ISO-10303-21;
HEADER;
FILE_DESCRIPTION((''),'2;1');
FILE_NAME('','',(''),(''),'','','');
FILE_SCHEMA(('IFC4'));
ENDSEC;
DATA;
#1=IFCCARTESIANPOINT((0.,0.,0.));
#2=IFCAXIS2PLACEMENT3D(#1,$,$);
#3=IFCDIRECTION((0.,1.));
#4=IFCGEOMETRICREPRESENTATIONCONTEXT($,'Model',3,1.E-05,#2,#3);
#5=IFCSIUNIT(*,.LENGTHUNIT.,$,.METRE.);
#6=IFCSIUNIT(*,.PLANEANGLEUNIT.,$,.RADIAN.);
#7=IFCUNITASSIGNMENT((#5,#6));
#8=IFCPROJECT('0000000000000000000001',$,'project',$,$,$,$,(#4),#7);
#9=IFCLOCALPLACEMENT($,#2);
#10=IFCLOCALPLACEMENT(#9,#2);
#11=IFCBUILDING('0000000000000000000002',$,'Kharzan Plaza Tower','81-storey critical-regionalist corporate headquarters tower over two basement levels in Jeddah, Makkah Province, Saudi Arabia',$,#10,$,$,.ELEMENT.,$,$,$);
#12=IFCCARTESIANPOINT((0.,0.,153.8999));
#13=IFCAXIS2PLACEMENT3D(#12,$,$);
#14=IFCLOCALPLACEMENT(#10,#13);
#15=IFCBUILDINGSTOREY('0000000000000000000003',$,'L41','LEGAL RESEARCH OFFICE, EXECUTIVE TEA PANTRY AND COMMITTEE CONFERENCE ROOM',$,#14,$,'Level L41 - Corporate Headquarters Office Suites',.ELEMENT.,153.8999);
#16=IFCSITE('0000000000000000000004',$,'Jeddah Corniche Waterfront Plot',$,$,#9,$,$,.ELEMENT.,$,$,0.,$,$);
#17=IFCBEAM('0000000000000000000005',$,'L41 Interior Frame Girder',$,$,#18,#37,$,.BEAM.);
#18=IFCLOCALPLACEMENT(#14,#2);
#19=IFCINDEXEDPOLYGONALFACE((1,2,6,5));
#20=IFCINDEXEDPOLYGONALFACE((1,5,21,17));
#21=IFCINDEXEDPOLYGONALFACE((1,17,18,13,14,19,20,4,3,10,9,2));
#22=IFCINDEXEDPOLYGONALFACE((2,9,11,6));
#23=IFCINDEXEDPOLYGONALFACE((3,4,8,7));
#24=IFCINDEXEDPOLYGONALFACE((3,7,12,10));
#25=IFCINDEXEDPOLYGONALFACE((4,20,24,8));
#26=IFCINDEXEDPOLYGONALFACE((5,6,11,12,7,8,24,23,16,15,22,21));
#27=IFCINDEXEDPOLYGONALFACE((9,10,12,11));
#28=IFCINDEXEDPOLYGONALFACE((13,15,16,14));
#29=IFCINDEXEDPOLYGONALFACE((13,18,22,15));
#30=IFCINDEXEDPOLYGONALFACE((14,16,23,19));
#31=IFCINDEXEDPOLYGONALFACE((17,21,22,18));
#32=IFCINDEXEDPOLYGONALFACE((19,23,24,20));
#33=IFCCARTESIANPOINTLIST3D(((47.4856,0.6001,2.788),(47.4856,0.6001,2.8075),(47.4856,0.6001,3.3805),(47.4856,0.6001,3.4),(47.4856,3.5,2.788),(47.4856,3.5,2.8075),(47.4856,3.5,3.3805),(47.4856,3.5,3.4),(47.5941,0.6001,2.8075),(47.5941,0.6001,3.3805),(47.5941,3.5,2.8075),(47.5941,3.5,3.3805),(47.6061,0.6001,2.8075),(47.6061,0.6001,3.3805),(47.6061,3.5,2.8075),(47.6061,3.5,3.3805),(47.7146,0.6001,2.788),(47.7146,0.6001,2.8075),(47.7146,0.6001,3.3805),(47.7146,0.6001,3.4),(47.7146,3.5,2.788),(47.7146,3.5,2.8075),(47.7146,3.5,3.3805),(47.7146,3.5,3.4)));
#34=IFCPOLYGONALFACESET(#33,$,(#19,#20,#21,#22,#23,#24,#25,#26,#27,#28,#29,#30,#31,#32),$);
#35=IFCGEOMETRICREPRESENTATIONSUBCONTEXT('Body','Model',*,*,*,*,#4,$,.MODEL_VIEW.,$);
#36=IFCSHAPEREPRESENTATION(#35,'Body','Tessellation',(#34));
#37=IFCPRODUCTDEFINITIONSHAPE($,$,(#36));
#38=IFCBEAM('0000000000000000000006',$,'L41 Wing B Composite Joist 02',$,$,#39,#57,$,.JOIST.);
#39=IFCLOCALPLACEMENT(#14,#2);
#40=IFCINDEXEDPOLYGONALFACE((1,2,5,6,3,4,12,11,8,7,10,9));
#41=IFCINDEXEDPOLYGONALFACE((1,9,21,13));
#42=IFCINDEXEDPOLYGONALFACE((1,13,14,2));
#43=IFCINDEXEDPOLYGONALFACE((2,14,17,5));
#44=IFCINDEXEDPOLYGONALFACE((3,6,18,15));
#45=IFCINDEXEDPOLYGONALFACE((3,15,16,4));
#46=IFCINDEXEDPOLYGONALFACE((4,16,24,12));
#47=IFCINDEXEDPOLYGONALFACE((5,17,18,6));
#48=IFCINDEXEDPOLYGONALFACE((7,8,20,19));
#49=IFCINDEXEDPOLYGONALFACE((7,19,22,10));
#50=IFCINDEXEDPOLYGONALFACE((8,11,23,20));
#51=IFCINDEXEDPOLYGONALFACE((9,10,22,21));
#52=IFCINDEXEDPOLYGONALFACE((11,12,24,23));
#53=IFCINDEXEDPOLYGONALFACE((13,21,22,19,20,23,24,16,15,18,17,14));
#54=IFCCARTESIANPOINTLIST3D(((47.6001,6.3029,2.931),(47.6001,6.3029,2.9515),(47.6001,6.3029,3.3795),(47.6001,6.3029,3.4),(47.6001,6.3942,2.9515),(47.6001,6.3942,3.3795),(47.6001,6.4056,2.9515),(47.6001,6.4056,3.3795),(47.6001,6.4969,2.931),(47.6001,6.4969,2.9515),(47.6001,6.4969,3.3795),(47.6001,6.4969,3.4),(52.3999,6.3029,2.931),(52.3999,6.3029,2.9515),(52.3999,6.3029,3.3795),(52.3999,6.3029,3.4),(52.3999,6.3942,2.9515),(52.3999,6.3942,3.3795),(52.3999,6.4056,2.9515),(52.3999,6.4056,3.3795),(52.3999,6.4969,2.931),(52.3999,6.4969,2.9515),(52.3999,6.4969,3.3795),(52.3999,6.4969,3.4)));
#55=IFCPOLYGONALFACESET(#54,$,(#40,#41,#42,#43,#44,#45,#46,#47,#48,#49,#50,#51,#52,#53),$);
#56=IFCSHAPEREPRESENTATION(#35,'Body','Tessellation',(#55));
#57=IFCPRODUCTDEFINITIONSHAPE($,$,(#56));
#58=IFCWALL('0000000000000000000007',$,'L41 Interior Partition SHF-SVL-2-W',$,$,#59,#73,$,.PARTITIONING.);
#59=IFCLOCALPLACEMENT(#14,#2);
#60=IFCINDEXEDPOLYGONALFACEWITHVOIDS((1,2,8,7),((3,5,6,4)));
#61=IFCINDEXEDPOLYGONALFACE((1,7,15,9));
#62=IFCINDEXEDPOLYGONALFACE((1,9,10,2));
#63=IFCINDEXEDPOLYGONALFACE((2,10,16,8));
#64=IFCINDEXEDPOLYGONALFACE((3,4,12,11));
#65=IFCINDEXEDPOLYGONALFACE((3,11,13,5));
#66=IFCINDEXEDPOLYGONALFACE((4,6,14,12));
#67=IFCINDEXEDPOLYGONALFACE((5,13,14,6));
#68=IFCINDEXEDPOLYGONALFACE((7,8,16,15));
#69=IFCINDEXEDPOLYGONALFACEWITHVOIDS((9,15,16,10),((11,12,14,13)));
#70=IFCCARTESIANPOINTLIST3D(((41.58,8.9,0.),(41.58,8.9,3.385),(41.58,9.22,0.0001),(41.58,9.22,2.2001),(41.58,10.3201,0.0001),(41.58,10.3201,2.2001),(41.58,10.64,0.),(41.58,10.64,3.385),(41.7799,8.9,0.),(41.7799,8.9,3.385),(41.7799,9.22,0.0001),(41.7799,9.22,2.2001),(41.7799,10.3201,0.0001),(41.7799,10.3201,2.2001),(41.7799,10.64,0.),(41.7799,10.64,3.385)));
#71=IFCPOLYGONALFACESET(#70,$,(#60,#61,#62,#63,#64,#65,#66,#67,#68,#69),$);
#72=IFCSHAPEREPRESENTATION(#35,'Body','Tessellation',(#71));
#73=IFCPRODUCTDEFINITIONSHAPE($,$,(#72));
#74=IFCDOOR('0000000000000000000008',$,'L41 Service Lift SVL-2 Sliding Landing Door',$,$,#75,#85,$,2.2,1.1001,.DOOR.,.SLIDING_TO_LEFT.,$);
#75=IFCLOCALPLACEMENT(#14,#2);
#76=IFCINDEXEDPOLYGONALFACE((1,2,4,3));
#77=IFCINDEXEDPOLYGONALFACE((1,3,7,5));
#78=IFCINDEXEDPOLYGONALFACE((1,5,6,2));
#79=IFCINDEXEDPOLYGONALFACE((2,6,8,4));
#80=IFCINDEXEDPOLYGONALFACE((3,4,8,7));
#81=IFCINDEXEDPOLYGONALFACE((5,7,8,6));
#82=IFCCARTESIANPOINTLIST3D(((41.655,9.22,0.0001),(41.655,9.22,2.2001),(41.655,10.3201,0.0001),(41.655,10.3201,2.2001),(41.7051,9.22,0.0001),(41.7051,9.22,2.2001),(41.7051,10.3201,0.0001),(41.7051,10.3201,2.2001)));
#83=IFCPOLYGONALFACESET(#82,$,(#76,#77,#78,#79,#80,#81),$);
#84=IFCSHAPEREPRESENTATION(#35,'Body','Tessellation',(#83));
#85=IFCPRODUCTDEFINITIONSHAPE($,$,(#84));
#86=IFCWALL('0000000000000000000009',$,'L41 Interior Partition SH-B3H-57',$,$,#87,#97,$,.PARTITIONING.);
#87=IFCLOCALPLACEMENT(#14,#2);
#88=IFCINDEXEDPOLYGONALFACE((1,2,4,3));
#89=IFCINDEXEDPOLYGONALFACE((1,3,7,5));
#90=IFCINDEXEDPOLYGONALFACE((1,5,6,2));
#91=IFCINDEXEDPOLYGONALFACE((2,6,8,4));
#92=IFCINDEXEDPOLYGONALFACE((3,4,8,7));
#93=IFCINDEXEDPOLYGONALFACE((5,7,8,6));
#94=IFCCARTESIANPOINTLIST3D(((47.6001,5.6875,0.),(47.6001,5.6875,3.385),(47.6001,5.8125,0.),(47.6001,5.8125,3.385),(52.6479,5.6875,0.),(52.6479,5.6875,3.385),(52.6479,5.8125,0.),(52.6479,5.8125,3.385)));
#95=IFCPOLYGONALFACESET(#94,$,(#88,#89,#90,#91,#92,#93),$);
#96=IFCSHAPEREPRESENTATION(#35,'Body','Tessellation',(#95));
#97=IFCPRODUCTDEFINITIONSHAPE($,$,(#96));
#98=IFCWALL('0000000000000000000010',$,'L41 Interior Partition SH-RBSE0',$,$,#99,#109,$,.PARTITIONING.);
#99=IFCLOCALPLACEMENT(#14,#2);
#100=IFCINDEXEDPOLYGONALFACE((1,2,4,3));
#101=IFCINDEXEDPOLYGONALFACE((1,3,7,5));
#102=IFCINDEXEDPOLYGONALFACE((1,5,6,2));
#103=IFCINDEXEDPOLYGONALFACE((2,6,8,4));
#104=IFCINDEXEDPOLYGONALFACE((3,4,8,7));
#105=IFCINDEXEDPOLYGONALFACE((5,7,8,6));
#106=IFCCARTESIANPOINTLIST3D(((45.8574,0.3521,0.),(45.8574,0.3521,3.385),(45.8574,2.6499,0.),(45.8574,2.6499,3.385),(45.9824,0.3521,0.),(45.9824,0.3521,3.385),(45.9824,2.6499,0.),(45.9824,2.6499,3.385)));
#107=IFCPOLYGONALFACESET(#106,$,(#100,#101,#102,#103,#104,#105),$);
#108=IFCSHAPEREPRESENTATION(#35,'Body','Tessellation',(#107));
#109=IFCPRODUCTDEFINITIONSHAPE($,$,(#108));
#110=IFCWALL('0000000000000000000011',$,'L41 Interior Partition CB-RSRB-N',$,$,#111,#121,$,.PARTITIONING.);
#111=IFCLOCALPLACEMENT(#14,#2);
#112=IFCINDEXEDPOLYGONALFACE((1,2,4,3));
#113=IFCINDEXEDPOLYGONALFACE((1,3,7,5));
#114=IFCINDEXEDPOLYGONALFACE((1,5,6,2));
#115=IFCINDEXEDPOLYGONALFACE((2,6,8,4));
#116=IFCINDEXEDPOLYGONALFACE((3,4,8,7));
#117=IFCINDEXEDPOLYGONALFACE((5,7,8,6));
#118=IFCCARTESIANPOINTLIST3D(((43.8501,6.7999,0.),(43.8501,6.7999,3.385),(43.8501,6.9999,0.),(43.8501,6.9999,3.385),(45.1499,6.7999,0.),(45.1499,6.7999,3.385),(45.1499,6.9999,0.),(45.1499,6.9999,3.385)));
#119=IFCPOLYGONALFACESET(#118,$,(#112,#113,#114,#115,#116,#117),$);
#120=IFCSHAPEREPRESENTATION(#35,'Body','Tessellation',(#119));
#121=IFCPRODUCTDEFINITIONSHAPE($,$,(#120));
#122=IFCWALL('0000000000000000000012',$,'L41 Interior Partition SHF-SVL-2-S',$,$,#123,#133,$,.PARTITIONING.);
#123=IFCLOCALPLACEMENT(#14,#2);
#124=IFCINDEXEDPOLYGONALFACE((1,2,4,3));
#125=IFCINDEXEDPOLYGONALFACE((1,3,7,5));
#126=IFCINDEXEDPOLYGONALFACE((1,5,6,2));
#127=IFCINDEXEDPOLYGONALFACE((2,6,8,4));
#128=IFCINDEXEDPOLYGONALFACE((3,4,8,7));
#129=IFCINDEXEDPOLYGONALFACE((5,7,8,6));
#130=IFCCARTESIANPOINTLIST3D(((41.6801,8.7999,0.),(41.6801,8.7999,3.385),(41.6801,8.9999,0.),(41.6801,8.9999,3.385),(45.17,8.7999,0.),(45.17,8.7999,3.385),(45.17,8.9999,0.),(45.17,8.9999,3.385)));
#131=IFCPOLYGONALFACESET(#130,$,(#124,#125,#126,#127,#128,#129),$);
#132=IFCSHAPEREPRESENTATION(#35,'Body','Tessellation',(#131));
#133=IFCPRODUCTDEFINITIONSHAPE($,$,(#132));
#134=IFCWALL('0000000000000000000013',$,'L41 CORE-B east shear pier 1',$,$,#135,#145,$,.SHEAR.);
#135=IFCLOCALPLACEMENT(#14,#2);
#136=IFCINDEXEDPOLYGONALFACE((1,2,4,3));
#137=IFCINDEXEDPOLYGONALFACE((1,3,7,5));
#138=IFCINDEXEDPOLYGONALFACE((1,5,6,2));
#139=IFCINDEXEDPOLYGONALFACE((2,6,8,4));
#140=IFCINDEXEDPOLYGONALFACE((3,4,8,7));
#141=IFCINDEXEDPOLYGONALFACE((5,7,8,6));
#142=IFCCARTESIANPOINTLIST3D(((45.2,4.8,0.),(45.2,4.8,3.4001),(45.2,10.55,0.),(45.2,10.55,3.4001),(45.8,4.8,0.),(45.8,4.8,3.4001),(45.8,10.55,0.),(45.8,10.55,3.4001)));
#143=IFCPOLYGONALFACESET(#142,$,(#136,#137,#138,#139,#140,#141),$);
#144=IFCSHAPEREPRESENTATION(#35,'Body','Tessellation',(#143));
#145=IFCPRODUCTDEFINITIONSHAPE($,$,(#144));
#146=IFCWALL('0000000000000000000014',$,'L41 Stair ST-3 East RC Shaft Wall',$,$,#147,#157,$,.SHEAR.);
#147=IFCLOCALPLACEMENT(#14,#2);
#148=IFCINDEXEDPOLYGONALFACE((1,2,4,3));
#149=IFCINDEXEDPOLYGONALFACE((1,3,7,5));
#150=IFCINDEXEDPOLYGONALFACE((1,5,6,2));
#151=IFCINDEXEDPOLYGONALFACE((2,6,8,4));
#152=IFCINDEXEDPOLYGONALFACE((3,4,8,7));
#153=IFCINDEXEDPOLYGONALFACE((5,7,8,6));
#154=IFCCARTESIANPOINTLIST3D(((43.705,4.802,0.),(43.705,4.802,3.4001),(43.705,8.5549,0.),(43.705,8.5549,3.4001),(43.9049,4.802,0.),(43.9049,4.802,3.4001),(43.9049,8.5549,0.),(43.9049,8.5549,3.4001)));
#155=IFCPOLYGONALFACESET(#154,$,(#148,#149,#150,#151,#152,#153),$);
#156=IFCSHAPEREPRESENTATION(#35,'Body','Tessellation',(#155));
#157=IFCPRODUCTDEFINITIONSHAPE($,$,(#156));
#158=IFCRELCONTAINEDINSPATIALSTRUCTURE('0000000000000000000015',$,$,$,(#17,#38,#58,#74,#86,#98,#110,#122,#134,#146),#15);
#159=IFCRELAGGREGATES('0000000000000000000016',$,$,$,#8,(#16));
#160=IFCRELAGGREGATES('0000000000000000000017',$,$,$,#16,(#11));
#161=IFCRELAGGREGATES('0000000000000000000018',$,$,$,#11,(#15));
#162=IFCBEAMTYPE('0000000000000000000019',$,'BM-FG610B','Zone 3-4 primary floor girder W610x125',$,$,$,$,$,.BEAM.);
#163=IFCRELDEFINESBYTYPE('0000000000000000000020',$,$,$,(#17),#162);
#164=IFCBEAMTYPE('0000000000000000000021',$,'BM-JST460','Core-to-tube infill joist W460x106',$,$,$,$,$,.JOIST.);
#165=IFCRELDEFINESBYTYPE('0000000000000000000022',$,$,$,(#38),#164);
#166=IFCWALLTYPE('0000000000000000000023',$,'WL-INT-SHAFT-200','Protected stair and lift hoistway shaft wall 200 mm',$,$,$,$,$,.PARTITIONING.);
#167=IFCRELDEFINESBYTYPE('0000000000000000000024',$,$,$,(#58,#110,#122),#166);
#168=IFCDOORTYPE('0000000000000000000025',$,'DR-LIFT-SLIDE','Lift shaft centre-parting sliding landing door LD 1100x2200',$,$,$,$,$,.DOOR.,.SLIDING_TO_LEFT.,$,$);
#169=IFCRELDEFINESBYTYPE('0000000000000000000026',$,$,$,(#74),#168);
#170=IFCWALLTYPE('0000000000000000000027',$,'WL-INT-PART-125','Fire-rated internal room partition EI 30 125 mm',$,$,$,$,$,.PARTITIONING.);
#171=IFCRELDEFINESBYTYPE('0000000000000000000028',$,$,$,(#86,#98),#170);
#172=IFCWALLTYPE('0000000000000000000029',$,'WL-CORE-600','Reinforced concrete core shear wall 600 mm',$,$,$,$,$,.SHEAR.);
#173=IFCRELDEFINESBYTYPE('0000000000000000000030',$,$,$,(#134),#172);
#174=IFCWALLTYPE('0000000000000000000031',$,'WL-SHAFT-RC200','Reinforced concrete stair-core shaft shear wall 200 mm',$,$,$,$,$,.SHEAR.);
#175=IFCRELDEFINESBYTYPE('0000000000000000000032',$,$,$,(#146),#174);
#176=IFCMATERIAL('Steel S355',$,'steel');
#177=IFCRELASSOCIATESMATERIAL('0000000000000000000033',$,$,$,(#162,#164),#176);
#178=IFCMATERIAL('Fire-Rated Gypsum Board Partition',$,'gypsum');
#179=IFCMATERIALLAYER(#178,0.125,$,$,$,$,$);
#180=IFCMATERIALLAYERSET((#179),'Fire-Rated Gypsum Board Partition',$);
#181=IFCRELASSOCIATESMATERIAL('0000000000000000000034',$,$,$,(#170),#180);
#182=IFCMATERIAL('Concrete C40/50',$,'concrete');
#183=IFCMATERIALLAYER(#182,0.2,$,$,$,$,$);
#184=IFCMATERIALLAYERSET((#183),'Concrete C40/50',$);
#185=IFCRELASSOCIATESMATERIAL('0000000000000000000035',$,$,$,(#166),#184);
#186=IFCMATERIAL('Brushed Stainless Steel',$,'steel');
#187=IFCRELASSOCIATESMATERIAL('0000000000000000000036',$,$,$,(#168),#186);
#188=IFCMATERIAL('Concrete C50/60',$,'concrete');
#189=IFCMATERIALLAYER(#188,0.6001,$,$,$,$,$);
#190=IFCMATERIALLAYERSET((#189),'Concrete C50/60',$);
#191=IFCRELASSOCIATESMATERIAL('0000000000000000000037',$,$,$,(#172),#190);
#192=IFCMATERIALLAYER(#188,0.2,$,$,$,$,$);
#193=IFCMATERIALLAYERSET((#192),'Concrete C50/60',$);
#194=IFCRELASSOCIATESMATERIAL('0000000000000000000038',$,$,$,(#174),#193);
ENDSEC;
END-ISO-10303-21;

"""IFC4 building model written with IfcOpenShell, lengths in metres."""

from ifc_helpers import new_model, si_unit, direction, frame, frame_2d, origin, origin_2d, place, context, subcontext, project, spatial, rectangle, i_section, extrude, source, transform, mapped, material, layer, layer_set, material_profile, profile_set, type_object, element, fill, save


model = new_model("IFC4")

# Units and contexts
model_context = context("Model", 3, precision=1e-05, world=origin(), true_north=direction((0.0, 1.0)))
body_context = subcontext(model_context, "Body", "Model", "MODEL_VIEW")
ifc_project = project(units=[si_unit("LENGTHUNIT", "METRE"), si_unit("PLANEANGLEUNIT", "RADIAN")], contexts=[model_context])

# Site, building, storey
site_placement = place(None, origin())
site = spatial("IfcSite", under=ifc_project, at=site_placement, Name="Jeddah Corniche Waterfront Plot", CompositionType="ELEMENT", RefElevation=0.0)
building_placement = place(site_placement, origin())
building = spatial("IfcBuilding", under=site, at=building_placement, Name="Kharzan Plaza Tower", Description="81-storey critical-regionalist corporate headquarters tower over two basement levels in Jeddah, Makkah Province, Saudi Arabia", CompositionType="ELEMENT")
storey_placement = place(building_placement, frame((0.0, 0.0, 153.8999)))
storey = spatial("IfcBuildingStorey", under=building, at=storey_placement, Name="L41", Description="LEGAL RESEARCH OFFICE, EXECUTIVE TEA PANTRY AND COMMITTEE CONFERENCE ROOM", LongName="Level L41 - Corporate Headquarters Office Suites", CompositionType="ELEMENT", Elevation=153.8999)

# Shared definitions
ifc_material_1 = material(Name="Concrete C50/60", Category="concrete")

# Beams
ifc_material_2 = material(Name="Steel S355", Category="steel")
ifc_material_profile_1 = material_profile(ifc_material_2, i_section(OverallWidth=0.229, OverallDepth=0.6121, WebThickness=0.012, FlangeThickness=0.0195, at=origin_2d()), Name="W610x125")
ifc_profile_set_1 = profile_set([ifc_material_profile_1], Name="Steel S355")
beam_type_1 = type_object("IfcBeamType", Name="BM-FG610B", Description="Zone 3-4 primary floor girder W610x125", PredefinedType="BEAM", material=ifc_profile_set_1)
shared_shape_1 = source(origin(), body_context, "Body", "SweptSolid", [
    extrude(i_section(OverallWidth=0.229, OverallDepth=0.6121, WebThickness=0.012, FlangeThickness=0.0195, at=origin_2d()), origin(), (0.0, 0.0, 1.0), 2.8999),
])
beam_1_placement = place(storey_placement, frame((47.6001, 0.6001, 3.094), z_axis=(0.0, 1.0, 0.0), x_axis=(-1.0, 0.0, 0.0)))
element("IfcBeam", 1, at=beam_1_placement, inside=storey, type_object=beam_type_1, Name="L41 Interior Frame Girder", PredefinedType="BEAM", context=body_context, shape_type="MappedRepresentation", body=[
    mapped(shared_shape_1, transform((0.0, 0.0, 0.0), x_axis=(1.0, 0.0, 0.0), y_axis=(0.0, 1.0, 0.0), z_axis=(0.0, 0.0, 1.0))),
])
ifc_material_profile_2 = material_profile(ifc_material_2, i_section(OverallWidth=0.1941, OverallDepth=0.469, WebThickness=0.0115, FlangeThickness=0.0205, at=origin_2d()), Name="W460x106")
ifc_profile_set_2 = profile_set([ifc_material_profile_2], Name="Steel S355")
beam_type_2 = type_object("IfcBeamType", Name="BM-JST460", Description="Core-to-tube infill joist W460x106", PredefinedType="JOIST", material=ifc_profile_set_2)
shared_shape_2 = source(origin(), body_context, "Body", "SweptSolid", [
    extrude(i_section(OverallWidth=0.1941, OverallDepth=0.469, WebThickness=0.0115, FlangeThickness=0.0205, at=origin_2d()), origin(), (0.0, 0.0, 1.0), 4.7998),
])
beam_2_placement = place(storey_placement, frame((47.6001, 6.3999, 3.1655), z_axis=(1.0, 0.0, 0.0), x_axis=(0.0, 1.0, 0.0)))
element("IfcBeam", 2, at=beam_2_placement, inside=storey, type_object=beam_type_2, Name="L41 Wing B Composite Joist 02", PredefinedType="JOIST", context=body_context, shape_type="MappedRepresentation", body=[
    mapped(shared_shape_2, transform((0.0, 0.0, 0.0), x_axis=(1.0, 0.0, 0.0), y_axis=(0.0, 1.0, 0.0), z_axis=(0.0, 0.0, 1.0))),
])

# Wall, opening, door
ifc_material_3 = material(Name="Fire-Rated Gypsum Board Partition", Category="gypsum")
ifc_layer_1 = layer(ifc_material_3, 0.125)
ifc_layer_set_1 = layer_set([ifc_layer_1], Name="Fire-Rated Gypsum Board Partition")
wall_type_1 = type_object("IfcWallType", Name="WL-INT-PART-125", Description="Fire-rated internal room partition EI 30 125 mm", PredefinedType="PARTITIONING", material=ifc_layer_set_1)
ifc_material_4 = material(Name="Concrete C40/50", Category="concrete")
ifc_layer_2 = layer(ifc_material_4, 0.2)
ifc_layer_set_2 = layer_set([ifc_layer_2], Name="Concrete C40/50")
wall_type_2 = type_object("IfcWallType", Name="WL-INT-SHAFT-200", Description="Protected stair and lift hoistway shaft wall 200 mm", PredefinedType="PARTITIONING", material=ifc_layer_set_2)
wall_1_placement = place(storey_placement, frame((41.6799, 8.8999, 0.0), z_axis=(0.0, 0.0, 1.0), x_axis=(0.0, 1.0, 0.0)))
wall_1 = element("IfcWall", 3, at=wall_1_placement, inside=storey, type_object=wall_type_2, Name="L41 Interior Partition SHF-SVL-2-W", PredefinedType="PARTITIONING", context=body_context, shape_type="SweptSolid", body=[
    extrude(rectangle(XDim=1.74, YDim=0.2, at=frame_2d((0.8701, 0.0))), origin(), (0.0, 0.0, 1.0), 3.385),
])
opening_1_placement = place(wall_1_placement, frame((0.3201, 0.0, 0.0)))
opening_1 = element("IfcOpeningElement", 4, at=opening_1_placement, cuts=wall_1, PredefinedType="OPENING", context=body_context, shape_type="SweptSolid", body=[
    extrude(rectangle(XDim=1.1001, YDim=2.2, at=frame_2d((0.55, 1.1001))), frame((0.0, 0.1099, 0.0), z_axis=(0.0, -1.0, 0.0), x_axis=(1.0, 0.0, 0.0)), (0.0, 0.0, 1.0), 0.22),
])
ifc_material_5 = material(Name="Brushed Stainless Steel", Category="steel")
door_type_1 = type_object("IfcDoorType", Name="DR-LIFT-SLIDE", Description="Lift shaft centre-parting sliding landing door LD 1100x2200", OperationType="SLIDING_TO_LEFT", PredefinedType="DOOR", material=ifc_material_5)
shared_shape_3 = source(origin(), body_context, "Body", "SweptSolid", [
    extrude(rectangle(XDim=1.1001, YDim=2.2, at=frame_2d((0.55, 1.1001))), frame((0.0, 0.0249, 0.0), z_axis=(0.0, -1.0, 0.0), x_axis=(1.0, 0.0, 0.0)), (0.0, 0.0, 1.0), 0.05),
])
door_1_placement = place(opening_1_placement, origin())
door_1 = element("IfcDoor", 5, at=door_1_placement, inside=storey, type_object=door_type_1, Name="L41 Service Lift SVL-2 Sliding Landing Door", OperationType="SLIDING_TO_LEFT", OverallHeight=2.2, OverallWidth=1.1001, PredefinedType="DOOR", context=body_context, shape_type="MappedRepresentation", body=[
    mapped(shared_shape_3, transform((0.0, 0.0, 0.0), x_axis=(1.0, 0.0, 0.0), y_axis=(0.0, 1.0, 0.0), z_axis=(0.0, 0.0, 1.0))),
])
fill(opening_1, door_1)

# Walls
shared_shape_4 = source(origin(), body_context, "Body", "SweptSolid", [
    extrude(rectangle(XDim=5.0479, YDim=0.125, at=frame_2d((2.5239, 0.0))), origin(), (0.0, 0.0, 1.0), 3.385),
])
wall_2_placement = place(storey_placement, frame((47.6001, 5.75, 0.0), z_axis=(0.0, 0.0, 1.0), x_axis=(1.0, 0.0, 0.0)))
element("IfcWall", 6, at=wall_2_placement, inside=storey, type_object=wall_type_1, Name="L41 Interior Partition SH-B3H-57", PredefinedType="PARTITIONING", context=body_context, shape_type="MappedRepresentation", body=[
    mapped(shared_shape_4, transform((0.0, 0.0, 0.0), x_axis=(1.0, 0.0, 0.0), y_axis=(0.0, 1.0, 0.0), z_axis=(0.0, 0.0, 1.0))),
])
shared_shape_5 = source(origin(), body_context, "Body", "SweptSolid", [
    extrude(rectangle(XDim=2.2979, YDim=0.125, at=frame_2d((1.1489, 0.0))), origin(), (0.0, 0.0, 1.0), 3.385),
])
wall_3_placement = place(storey_placement, frame((45.9199, 0.3521, 0.0), z_axis=(0.0, 0.0, 1.0), x_axis=(0.0, 1.0, 0.0)))
element("IfcWall", 7, at=wall_3_placement, inside=storey, type_object=wall_type_1, Name="L41 Interior Partition SH-RBSE0", PredefinedType="PARTITIONING", context=body_context, shape_type="MappedRepresentation", body=[
    mapped(shared_shape_5, transform((0.0, 0.0, 0.0), x_axis=(1.0, 0.0, 0.0), y_axis=(0.0, 1.0, 0.0), z_axis=(0.0, 0.0, 1.0))),
])
shared_shape_6 = source(origin(), body_context, "Body", "SweptSolid", [
    extrude(rectangle(XDim=1.2998, YDim=0.2, at=frame_2d((0.6499, 0.0))), origin(), (0.0, 0.0, 1.0), 3.385),
])
wall_4_placement = place(storey_placement, frame((43.8501, 6.8999, 0.0), z_axis=(0.0, 0.0, 1.0), x_axis=(1.0, 0.0, 0.0)))
element("IfcWall", 8, at=wall_4_placement, inside=storey, type_object=wall_type_2, Name="L41 Interior Partition CB-RSRB-N", PredefinedType="PARTITIONING", context=body_context, shape_type="MappedRepresentation", body=[
    mapped(shared_shape_6, transform((0.0, 0.0, 0.0), x_axis=(1.0, 0.0, 0.0), y_axis=(0.0, 1.0, 0.0), z_axis=(0.0, 0.0, 1.0))),
])
shared_shape_7 = source(origin(), body_context, "Body", "SweptSolid", [
    extrude(rectangle(XDim=3.49, YDim=0.2, at=frame_2d((1.7451, 0.0))), origin(), (0.0, 0.0, 1.0), 3.385),
])
wall_5_placement = place(storey_placement, frame((41.6799, 8.8999, 0.0), z_axis=(0.0, 0.0, 1.0), x_axis=(1.0, 0.0, 0.0)))
element("IfcWall", 9, at=wall_5_placement, inside=storey, type_object=wall_type_2, Name="L41 Interior Partition SHF-SVL-2-S", PredefinedType="PARTITIONING", context=body_context, shape_type="MappedRepresentation", body=[
    mapped(shared_shape_7, transform((0.0, 0.0, 0.0), x_axis=(1.0, 0.0, 0.0), y_axis=(0.0, 1.0, 0.0), z_axis=(0.0, 0.0, 1.0))),
])
ifc_layer_3 = layer(ifc_material_1, 0.6001)
ifc_layer_set_3 = layer_set([ifc_layer_3], Name="Concrete C50/60")
wall_type_3 = type_object("IfcWallType", Name="WL-CORE-600", Description="Reinforced concrete core shear wall 600 mm", PredefinedType="SHEAR", material=ifc_layer_set_3)
shared_shape_8 = source(origin(), body_context, "Body", "SweptSolid", [
    extrude(rectangle(XDim=5.75, YDim=0.6001, at=frame_2d((2.875, 0.0))), origin(), (0.0, 0.0, 1.0), 3.4001),
])
wall_6_placement = place(storey_placement, frame((45.5, 4.8, 0.0), z_axis=(0.0, 0.0, 1.0), x_axis=(0.0, 1.0, 0.0)))
element("IfcWall", 10, at=wall_6_placement, inside=storey, type_object=wall_type_3, Name="L41 CORE-B east shear pier 1", PredefinedType="SHEAR", context=body_context, shape_type="MappedRepresentation", body=[
    mapped(shared_shape_8, transform((0.0, 0.0, 0.0), x_axis=(1.0, 0.0, 0.0), y_axis=(0.0, 1.0, 0.0), z_axis=(0.0, 0.0, 1.0))),
])
ifc_layer_4 = layer(ifc_material_1, 0.2)
ifc_layer_set_4 = layer_set([ifc_layer_4], Name="Concrete C50/60")
wall_type_4 = type_object("IfcWallType", Name="WL-SHAFT-RC200", Description="Reinforced concrete stair-core shaft shear wall 200 mm", PredefinedType="SHEAR", material=ifc_layer_set_4)
shared_shape_9 = source(origin(), body_context, "Body", "SweptSolid", [
    extrude(rectangle(XDim=3.7529, YDim=0.2, at=frame_2d((1.8765, 0.0))), origin(), (0.0, 0.0, 1.0), 3.4001),
])
wall_7_placement = place(storey_placement, frame((43.8049, 4.802, 0.0), z_axis=(0.0, 0.0, 1.0), x_axis=(0.0, 1.0, 0.0)))
element("IfcWall", 11, at=wall_7_placement, inside=storey, type_object=wall_type_4, Name="L41 Stair ST-3 East RC Shaft Wall", PredefinedType="SHEAR", context=body_context, shape_type="MappedRepresentation", body=[
    mapped(shared_shape_9, transform((0.0, 0.0, 0.0), x_axis=(1.0, 0.0, 0.0), y_axis=(0.0, 1.0, 0.0), z_axis=(0.0, 0.0, 1.0))),
])

save(model, "model.ifc")
